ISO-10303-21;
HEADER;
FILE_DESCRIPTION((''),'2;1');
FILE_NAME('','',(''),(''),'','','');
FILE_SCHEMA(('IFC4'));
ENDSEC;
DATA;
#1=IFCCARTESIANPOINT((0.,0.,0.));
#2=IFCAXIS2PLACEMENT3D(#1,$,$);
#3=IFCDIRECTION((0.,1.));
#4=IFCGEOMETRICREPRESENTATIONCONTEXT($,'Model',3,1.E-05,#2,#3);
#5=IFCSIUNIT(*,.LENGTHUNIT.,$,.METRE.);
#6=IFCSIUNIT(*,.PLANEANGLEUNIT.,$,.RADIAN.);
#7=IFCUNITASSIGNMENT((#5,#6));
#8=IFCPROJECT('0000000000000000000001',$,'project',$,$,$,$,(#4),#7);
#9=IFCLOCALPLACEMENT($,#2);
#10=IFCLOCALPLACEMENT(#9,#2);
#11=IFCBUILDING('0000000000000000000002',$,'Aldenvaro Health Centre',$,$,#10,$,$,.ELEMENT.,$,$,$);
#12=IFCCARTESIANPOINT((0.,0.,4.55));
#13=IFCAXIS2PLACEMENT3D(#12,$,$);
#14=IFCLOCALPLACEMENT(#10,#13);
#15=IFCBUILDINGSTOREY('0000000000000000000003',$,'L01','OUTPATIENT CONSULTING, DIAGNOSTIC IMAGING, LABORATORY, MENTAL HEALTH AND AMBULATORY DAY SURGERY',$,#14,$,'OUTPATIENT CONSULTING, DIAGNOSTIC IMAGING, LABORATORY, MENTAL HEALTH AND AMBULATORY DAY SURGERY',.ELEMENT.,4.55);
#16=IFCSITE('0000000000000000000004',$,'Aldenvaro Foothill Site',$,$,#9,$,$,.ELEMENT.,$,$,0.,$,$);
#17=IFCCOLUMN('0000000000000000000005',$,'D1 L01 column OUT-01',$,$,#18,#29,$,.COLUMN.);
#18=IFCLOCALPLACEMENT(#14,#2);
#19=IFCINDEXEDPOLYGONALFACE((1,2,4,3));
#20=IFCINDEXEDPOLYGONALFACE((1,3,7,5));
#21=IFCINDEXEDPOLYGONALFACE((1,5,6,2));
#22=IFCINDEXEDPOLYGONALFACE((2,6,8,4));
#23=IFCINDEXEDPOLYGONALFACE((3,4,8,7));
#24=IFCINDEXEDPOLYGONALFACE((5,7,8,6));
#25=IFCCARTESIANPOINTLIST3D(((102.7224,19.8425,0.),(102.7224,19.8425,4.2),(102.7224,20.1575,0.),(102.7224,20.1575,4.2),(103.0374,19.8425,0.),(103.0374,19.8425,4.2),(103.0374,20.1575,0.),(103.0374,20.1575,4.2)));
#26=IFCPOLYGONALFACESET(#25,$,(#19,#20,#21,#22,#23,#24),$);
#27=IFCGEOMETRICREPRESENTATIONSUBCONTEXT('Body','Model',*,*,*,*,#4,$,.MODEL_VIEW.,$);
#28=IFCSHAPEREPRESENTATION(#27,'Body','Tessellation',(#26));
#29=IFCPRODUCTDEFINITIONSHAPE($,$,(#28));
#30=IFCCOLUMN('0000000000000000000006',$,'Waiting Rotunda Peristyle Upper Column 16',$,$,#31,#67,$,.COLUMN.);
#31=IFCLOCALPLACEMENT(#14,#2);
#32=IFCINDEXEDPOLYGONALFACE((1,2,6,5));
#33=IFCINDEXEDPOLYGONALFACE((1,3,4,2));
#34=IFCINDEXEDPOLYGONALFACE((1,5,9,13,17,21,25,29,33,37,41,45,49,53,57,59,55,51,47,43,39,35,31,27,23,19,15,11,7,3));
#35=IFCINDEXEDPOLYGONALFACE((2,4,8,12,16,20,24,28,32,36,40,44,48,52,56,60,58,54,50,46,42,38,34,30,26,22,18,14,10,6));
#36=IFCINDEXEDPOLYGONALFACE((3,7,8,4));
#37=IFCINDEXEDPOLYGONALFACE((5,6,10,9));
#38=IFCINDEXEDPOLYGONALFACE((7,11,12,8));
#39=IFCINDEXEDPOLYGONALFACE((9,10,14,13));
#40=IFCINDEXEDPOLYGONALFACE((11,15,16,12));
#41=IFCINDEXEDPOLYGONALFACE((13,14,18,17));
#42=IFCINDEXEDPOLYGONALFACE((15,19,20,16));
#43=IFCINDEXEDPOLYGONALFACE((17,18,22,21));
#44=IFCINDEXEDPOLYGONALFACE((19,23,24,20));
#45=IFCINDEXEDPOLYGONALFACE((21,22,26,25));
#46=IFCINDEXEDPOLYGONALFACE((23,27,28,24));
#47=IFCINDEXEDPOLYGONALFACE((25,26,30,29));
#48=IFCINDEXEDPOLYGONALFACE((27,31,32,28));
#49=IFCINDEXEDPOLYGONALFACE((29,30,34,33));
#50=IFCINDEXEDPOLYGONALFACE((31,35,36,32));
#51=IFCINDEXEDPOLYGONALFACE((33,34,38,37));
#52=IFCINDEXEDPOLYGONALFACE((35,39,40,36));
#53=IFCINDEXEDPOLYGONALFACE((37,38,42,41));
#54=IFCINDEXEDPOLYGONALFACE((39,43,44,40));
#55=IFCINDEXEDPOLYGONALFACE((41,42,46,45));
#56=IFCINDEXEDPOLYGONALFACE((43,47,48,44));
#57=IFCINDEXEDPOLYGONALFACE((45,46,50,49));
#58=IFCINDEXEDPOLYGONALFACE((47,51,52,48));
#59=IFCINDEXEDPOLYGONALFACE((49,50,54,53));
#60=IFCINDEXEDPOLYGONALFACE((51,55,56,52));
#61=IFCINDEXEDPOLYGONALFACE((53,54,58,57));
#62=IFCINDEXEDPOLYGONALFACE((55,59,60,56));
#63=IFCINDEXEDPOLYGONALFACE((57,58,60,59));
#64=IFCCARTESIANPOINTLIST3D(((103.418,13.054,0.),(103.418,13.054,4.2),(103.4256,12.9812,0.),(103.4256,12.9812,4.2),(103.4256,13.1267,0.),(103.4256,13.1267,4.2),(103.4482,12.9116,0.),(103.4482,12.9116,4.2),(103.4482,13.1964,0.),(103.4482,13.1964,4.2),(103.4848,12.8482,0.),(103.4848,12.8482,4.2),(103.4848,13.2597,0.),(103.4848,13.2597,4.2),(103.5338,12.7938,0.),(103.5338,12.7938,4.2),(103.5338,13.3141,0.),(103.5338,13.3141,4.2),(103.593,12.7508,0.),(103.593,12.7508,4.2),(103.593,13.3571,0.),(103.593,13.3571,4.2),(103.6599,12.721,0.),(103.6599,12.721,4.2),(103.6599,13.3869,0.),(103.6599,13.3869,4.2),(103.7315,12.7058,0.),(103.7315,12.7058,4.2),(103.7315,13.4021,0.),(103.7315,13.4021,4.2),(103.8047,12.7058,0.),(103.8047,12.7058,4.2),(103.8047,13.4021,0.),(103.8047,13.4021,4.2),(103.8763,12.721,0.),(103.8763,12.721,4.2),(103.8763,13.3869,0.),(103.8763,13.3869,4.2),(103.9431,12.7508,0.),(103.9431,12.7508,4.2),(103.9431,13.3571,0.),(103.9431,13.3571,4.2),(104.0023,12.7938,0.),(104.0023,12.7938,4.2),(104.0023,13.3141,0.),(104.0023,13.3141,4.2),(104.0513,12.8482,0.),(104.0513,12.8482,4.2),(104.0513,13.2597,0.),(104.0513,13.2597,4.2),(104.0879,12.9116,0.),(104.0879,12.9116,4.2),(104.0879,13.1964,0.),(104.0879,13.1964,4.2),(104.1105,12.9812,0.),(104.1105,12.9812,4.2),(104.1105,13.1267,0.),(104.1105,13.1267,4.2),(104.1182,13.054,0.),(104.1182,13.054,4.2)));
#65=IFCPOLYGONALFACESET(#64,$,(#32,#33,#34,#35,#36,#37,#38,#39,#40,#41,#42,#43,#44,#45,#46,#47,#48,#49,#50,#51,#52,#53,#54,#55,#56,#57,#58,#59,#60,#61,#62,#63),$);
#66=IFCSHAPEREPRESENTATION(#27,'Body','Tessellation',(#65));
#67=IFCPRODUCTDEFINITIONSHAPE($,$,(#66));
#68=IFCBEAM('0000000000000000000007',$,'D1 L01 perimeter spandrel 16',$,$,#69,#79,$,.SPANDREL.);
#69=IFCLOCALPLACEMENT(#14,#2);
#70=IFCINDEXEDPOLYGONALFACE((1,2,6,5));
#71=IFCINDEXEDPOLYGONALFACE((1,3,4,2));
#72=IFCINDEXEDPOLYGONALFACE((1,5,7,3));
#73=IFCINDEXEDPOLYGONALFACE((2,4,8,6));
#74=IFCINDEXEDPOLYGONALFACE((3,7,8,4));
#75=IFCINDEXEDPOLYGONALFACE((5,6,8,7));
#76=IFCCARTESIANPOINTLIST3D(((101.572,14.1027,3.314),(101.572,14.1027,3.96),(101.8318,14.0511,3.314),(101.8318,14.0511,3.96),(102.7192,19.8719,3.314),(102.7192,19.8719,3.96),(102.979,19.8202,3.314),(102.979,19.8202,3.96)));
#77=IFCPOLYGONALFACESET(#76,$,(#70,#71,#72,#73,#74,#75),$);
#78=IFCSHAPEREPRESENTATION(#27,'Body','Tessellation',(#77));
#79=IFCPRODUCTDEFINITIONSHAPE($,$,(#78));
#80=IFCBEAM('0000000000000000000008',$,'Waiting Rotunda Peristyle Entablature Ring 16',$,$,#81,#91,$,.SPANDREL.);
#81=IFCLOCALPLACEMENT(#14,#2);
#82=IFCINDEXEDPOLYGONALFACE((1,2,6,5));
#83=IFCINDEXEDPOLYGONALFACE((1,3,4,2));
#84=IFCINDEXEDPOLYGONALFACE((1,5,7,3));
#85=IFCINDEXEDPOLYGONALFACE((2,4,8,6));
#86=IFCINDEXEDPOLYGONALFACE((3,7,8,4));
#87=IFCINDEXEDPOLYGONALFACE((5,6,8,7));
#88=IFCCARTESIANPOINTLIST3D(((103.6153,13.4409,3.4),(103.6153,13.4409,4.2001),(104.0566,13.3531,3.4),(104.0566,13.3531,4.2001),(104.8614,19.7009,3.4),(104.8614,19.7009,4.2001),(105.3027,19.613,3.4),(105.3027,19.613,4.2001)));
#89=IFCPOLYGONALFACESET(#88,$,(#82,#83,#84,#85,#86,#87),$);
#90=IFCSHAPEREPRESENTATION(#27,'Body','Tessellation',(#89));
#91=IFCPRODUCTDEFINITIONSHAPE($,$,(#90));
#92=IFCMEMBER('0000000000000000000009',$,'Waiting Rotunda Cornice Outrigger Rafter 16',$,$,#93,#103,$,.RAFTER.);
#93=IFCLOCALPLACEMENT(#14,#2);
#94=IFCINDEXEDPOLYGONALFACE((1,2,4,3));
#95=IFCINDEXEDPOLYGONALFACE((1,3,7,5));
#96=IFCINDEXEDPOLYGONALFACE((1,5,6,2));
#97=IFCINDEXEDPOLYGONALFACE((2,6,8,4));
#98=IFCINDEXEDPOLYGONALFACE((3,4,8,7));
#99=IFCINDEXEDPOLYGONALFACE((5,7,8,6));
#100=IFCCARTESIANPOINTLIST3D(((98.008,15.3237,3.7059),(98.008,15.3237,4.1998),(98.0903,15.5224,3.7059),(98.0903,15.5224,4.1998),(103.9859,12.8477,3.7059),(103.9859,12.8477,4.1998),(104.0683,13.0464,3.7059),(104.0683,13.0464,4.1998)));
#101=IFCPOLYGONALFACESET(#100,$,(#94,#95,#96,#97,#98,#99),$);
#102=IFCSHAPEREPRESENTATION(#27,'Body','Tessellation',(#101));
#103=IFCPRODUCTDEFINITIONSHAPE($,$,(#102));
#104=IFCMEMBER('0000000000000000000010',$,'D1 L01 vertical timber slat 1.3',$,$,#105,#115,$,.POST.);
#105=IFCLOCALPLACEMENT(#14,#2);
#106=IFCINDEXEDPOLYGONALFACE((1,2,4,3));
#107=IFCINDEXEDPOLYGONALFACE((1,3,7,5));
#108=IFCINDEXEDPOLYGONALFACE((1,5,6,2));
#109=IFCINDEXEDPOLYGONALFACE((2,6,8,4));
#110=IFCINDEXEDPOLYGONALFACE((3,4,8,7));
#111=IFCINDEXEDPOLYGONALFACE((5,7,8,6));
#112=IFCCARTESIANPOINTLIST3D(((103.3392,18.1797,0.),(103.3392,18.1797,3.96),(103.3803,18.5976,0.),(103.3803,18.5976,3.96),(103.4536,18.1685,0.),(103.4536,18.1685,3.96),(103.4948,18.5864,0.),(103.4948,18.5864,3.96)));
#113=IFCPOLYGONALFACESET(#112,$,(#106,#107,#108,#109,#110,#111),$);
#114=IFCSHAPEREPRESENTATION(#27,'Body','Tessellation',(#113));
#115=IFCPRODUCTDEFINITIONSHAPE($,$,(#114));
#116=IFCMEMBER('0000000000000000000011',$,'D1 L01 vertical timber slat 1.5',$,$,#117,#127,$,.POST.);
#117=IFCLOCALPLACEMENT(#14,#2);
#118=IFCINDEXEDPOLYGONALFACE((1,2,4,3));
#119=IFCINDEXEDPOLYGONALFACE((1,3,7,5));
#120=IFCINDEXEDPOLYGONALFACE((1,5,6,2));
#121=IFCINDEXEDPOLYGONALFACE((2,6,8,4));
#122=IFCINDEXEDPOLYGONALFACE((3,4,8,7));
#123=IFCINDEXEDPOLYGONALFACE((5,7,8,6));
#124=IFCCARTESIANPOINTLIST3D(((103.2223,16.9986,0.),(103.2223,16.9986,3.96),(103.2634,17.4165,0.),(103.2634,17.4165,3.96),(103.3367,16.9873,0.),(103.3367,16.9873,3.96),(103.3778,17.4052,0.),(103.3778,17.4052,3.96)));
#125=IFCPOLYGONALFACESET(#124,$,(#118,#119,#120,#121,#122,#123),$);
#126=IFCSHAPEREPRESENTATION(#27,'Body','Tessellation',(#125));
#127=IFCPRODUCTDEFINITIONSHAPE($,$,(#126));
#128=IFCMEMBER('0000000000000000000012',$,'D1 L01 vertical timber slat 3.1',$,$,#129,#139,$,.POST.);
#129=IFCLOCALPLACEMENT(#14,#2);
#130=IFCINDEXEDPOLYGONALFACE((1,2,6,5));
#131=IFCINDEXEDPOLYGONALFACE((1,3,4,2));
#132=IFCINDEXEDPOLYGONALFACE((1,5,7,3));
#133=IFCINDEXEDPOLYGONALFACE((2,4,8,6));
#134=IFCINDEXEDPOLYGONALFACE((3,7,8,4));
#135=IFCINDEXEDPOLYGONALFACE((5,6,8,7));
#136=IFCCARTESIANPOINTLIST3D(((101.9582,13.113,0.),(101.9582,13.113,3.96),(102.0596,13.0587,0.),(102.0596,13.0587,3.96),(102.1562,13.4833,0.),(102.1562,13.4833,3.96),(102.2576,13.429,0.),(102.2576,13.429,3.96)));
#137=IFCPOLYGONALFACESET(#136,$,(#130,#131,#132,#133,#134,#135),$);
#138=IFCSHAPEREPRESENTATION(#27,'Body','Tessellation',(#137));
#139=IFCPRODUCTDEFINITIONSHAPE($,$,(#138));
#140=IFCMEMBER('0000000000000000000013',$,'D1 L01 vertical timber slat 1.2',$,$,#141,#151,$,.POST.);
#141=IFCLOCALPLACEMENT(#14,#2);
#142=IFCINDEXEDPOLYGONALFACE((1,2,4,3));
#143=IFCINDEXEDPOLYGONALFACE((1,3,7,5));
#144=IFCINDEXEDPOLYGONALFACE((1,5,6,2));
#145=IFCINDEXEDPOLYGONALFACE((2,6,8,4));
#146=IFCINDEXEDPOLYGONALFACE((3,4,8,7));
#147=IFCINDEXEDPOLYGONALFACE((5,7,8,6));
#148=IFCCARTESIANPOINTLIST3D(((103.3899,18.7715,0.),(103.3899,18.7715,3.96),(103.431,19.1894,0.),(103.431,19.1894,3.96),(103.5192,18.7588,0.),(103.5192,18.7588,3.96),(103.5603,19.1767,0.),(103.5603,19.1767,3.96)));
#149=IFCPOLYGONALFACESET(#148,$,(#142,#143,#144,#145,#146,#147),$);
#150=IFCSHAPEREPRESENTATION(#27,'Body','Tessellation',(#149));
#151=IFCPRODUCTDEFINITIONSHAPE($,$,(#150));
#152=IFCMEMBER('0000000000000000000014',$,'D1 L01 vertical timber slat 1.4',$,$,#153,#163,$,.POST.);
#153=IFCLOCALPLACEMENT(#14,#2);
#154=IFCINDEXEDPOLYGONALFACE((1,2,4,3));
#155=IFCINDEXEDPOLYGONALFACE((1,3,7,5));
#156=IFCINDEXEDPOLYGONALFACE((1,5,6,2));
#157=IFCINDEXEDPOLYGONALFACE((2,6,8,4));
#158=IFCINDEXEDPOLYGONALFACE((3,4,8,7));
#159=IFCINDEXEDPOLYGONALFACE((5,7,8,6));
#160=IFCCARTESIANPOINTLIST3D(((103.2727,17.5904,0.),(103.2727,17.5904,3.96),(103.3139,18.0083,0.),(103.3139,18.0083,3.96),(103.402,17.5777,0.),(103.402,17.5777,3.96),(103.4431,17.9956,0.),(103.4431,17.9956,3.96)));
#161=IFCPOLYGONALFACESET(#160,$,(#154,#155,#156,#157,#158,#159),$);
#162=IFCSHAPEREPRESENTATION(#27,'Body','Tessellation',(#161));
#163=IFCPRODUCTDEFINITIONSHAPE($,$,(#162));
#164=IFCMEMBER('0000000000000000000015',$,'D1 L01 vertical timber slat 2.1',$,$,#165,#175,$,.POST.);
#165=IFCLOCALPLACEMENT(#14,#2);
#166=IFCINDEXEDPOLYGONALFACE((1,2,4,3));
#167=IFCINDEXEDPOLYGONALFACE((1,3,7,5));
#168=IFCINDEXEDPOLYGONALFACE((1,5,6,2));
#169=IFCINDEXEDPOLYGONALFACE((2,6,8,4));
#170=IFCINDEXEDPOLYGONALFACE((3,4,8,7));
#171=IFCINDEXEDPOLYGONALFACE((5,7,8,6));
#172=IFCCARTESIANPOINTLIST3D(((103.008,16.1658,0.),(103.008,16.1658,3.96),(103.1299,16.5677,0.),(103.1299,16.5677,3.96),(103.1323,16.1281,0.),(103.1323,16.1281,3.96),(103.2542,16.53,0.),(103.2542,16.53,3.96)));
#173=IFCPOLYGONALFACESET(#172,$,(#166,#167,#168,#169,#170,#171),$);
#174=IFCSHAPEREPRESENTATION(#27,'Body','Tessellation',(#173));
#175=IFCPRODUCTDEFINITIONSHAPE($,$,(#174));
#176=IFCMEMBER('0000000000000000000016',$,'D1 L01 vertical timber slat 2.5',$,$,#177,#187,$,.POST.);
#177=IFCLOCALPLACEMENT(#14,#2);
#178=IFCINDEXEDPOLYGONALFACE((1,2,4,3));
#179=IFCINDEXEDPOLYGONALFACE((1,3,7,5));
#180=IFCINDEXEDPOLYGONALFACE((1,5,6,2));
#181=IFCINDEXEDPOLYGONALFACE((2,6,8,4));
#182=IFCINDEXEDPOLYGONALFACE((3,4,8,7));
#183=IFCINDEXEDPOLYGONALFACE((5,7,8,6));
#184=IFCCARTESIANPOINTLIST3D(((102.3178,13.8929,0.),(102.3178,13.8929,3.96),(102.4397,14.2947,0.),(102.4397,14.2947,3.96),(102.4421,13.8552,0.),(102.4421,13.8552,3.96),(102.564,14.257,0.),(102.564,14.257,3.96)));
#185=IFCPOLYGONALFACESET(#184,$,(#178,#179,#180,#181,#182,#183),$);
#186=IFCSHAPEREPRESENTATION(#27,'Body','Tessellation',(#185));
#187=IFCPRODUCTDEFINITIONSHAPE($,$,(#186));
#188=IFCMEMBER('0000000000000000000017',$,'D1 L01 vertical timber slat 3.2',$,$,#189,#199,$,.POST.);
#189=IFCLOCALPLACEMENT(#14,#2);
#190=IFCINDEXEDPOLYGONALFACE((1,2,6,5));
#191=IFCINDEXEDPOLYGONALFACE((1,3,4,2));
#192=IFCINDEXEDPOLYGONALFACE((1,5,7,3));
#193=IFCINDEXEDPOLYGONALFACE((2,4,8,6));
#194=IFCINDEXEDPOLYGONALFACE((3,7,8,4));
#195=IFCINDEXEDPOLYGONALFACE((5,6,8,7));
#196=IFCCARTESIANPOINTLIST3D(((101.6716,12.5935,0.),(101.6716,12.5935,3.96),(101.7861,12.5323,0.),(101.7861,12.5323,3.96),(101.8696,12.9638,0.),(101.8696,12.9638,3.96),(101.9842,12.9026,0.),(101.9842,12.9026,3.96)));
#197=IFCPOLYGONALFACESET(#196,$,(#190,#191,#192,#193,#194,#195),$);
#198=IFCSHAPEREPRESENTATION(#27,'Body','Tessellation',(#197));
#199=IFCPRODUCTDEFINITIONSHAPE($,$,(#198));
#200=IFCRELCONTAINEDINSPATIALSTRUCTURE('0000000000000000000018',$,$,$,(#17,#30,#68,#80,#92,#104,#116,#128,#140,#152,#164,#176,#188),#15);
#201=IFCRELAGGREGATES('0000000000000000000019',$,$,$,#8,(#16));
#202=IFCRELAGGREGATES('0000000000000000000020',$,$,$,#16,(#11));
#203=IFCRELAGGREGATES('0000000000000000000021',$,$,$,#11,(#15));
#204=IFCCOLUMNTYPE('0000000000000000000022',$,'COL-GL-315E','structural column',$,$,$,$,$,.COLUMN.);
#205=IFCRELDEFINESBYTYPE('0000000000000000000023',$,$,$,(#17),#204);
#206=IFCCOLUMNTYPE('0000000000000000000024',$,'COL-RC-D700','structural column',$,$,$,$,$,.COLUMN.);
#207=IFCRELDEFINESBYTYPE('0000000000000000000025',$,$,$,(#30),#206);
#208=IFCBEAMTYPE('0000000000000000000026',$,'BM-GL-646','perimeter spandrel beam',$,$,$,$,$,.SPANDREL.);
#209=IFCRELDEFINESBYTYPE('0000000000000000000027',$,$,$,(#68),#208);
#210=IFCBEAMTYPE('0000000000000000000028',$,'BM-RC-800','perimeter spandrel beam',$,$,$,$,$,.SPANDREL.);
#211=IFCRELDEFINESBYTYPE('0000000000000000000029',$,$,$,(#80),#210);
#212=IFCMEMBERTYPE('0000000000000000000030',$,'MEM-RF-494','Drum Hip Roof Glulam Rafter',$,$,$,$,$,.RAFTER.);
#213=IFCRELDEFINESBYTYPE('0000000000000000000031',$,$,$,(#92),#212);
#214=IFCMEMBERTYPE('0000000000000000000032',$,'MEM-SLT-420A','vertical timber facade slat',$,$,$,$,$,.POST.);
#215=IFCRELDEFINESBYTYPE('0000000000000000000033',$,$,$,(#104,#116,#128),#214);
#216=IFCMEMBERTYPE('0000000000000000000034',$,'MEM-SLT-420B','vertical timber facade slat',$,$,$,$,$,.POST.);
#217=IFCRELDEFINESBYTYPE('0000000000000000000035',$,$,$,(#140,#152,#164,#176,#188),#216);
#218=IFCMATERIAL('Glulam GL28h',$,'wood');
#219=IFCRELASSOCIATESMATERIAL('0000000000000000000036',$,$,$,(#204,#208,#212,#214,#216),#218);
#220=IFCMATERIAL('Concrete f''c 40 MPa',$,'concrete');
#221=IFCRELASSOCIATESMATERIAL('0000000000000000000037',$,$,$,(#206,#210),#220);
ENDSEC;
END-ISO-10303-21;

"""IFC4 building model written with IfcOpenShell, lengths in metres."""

from ifc_helpers import new_model, si_unit, direction, frame, origin, origin_2d, place, context, subcontext, project, spatial, rectangle, circle, extrude, material, material_profile, profile_set, type_object, element, save


model = new_model("IFC4")

# Units and contexts
model_context = context("Model", 3, precision=1e-05, world=origin(), true_north=direction((0.0, 1.0)))
body_context = subcontext(model_context, "Body", "Model", "MODEL_VIEW")
ifc_project = project(units=[si_unit("LENGTHUNIT", "METRE"), si_unit("PLANEANGLEUNIT", "RADIAN")], contexts=[model_context])

# Site, building, storey
site_placement = place(None, origin())
site = spatial("IfcSite", under=ifc_project, at=site_placement, Name="Aldenvaro Foothill Site", CompositionType="ELEMENT", RefElevation=0.0)
building_placement = place(site_placement, origin())
building = spatial("IfcBuilding", under=site, at=building_placement, Name="Aldenvaro Health Centre", CompositionType="ELEMENT")
storey_placement = place(building_placement, frame((0.0, 0.0, 4.55)))
storey = spatial("IfcBuildingStorey", under=building, at=storey_placement, Name="L01", Description="OUTPATIENT CONSULTING, DIAGNOSTIC IMAGING, LABORATORY, MENTAL HEALTH AND AMBULATORY DAY SURGERY", LongName="OUTPATIENT CONSULTING, DIAGNOSTIC IMAGING, LABORATORY, MENTAL HEALTH AND AMBULATORY DAY SURGERY", CompositionType="ELEMENT", Elevation=4.55)

# Columns
ifc_material_1 = material(Name="Glulam GL28h", Category="wood")
ifc_material_profile_1 = material_profile(ifc_material_1, rectangle(XDim=0.3149, YDim=0.3149, at=origin_2d()), Name="GL 315x315", Category="wood")
ifc_profile_set_1 = profile_set([ifc_material_profile_1], Name="Glulam GL28h")
column_type_1 = type_object("IfcColumnType", Name="COL-GL-315E", Description="structural column", PredefinedType="COLUMN", material=ifc_profile_set_1)
column_1_placement = place(storey_placement, frame((102.8799, 20.0, 0.0), z_axis=(0.0, 0.0, 1.0), x_axis=(1.0, 0.0, 0.0)))
element("IfcColumn", 1, at=column_1_placement, inside=storey, type_object=column_type_1, Name="D1 L01 column OUT-01", PredefinedType="COLUMN", context=body_context, shape_type="SweptSolid", body=[
    extrude(rectangle(XDim=0.3149, YDim=0.3149, at=origin_2d()), origin(), (0.0, 0.0, 1.0), 4.2),
])
ifc_material_2 = material(Name="Concrete f'c 40 MPa", Category="concrete")
ifc_material_profile_2 = material_profile(ifc_material_2, circle(Radius=0.3501, at=origin_2d()), Name="RC D700", Category="concrete")
ifc_profile_set_2 = profile_set([ifc_material_profile_2], Name="Concrete f'c 40 MPa")
column_type_2 = type_object("IfcColumnType", Name="COL-RC-D700", Description="structural column", PredefinedType="COLUMN", material=ifc_profile_set_2)
column_2_placement = place(storey_placement, frame((103.7681, 13.054, 0.0), z_axis=(0.0, 0.0, 1.0), x_axis=(1.0, 0.0, 0.0)))
element("IfcColumn", 2, at=column_2_placement, inside=storey, type_object=column_type_2, Name="Waiting Rotunda Peristyle Upper Column 16", PredefinedType="COLUMN", context=body_context, shape_type="SweptSolid", body=[
    extrude(circle(Radius=0.3501, at=origin_2d()), origin(), (0.0, 0.0, 1.0), 4.2),
])

# Beams
ifc_material_profile_3 = material_profile(ifc_material_1, rectangle(XDim=0.2649, YDim=0.646, at=origin_2d()), Name="GL 265x646", Category="wood")
ifc_profile_set_3 = profile_set([ifc_material_profile_3], Name="Glulam GL28h")
beam_type_1 = type_object("IfcBeamType", Name="BM-GL-646", Description="perimeter spandrel beam", PredefinedType="SPANDREL", material=ifc_profile_set_3)
beam_1_placement = place(storey_placement, frame((101.7019, 14.0769, 3.637), z_axis=(0.195038, 0.980796, 0.0), x_axis=(-0.980796, 0.195038, 0.0)))
element("IfcBeam", 3, at=beam_1_placement, inside=storey, type_object=beam_type_1, Name="D1 L01 perimeter spandrel 16", PredefinedType="SPANDREL", context=body_context, shape_type="SweptSolid", body=[
    extrude(rectangle(XDim=0.2649, YDim=0.646, at=origin_2d()), origin(), (0.0, 0.0, 1.0), 5.8821),
])
ifc_material_profile_4 = material_profile(ifc_material_2, rectangle(XDim=0.45, YDim=0.8, at=origin_2d()), Name="RC 450x800", Category="concrete")
ifc_profile_set_4 = profile_set([ifc_material_profile_4], Name="Concrete f'c 40 MPa")
beam_type_2 = type_object("IfcBeamType", Name="BM-RC-800", Description="perimeter spandrel beam", PredefinedType="SPANDREL", material=ifc_profile_set_4)
beam_2_placement = place(storey_placement, frame((103.8359, 13.397, 3.8), z_axis=(0.195226, 0.980758, 0.0), x_axis=(-0.980758, 0.195226, 0.0)))
element("IfcBeam", 4, at=beam_2_placement, inside=storey, type_object=beam_type_2, Name="Waiting Rotunda Peristyle Entablature Ring 16", PredefinedType="SPANDREL", context=body_context, shape_type="SweptSolid", body=[
    extrude(rectangle(XDim=0.45, YDim=0.8, at=origin_2d()), origin(), (0.0, 0.0, 1.0), 6.3828),
])

# Members
ifc_material_profile_5 = material_profile(ifc_material_1, rectangle(XDim=0.2151, YDim=0.4939, at=origin_2d()), Name="GL 215x494", Category="wood")
ifc_profile_set_5 = profile_set([ifc_material_profile_5], Name="Glulam GL28h")
member_type_1 = type_object("IfcMemberType", Name="MEM-RF-494", Description="Drum Hip Roof Glulam Rafter", PredefinedType="RAFTER", material=ifc_profile_set_5)
member_placement = place(storey_placement, frame((104.0271, 12.947, 3.9529), z_axis=(-0.923885, 0.382669, 0.0), x_axis=(-0.382669, -0.923885, 0.0)))
element("IfcMember", 5, at=member_placement, inside=storey, type_object=member_type_1, Name="Waiting Rotunda Cornice Outrigger Rafter 16", PredefinedType="RAFTER", context=body_context, shape_type="SweptSolid", body=[
    extrude(rectangle(XDim=0.2151, YDim=0.4939, at=origin_2d()), origin(), (0.0, 0.0, 1.0), 6.4705),
])
ifc_material_profile_6 = material_profile(ifc_material_1, rectangle(XDim=0.115, YDim=0.4199, at=origin_2d()), Name="GL 115x420", Category="wood")
ifc_profile_set_6 = profile_set([ifc_material_profile_6], Name="Glulam GL28h")
member_type_2 = type_object("IfcMemberType", Name="MEM-SLT-420A", Description="vertical timber facade slat", PredefinedType="POST", material=ifc_profile_set_6)
for number, where, z_axis, x_axis, name in (
    (6, (103.417, 18.3831, 0.0), (0.0, 0.0, 1.0), (0.995187, -0.097994, 0.0), "D1 L01 vertical timber slat 1.3"),
    (7, (103.3, 17.2019, 0.0), (0.0, 0.0, 1.0), (0.995187, -0.097994, 0.0), "D1 L01 vertical timber slat 1.5"),
    (8, (102.1079, 13.271, 0.0), (0.0, 0.0, 1.0), (0.881836, -0.471557, 0.0), "D1 L01 vertical timber slat 3.1"),
):
    element("IfcMember", number, at=place(storey_placement, frame(where, z_axis=z_axis, x_axis=x_axis)), inside=storey, type_object=member_type_2, Name=name, PredefinedType="POST", context=body_context, shape_type="SweptSolid", body=[
        extrude(rectangle(XDim=0.115, YDim=0.4199, at=origin_2d()), origin(), (0.0, 0.0, 1.0), 3.96),
    ])
ifc_material_profile_7 = material_profile(ifc_material_1, rectangle(XDim=0.1299, YDim=0.4199, at=origin_2d()), Name="GL 130x420", Category="wood")
ifc_profile_set_7 = profile_set([ifc_material_profile_7], Name="Glulam GL28h")
member_type_3 = type_object("IfcMemberType", Name="MEM-SLT-420B", Description="vertical timber facade slat", PredefinedType="POST", material=ifc_profile_set_7)
for number, where, z_axis, x_axis, name in (
    (9, (103.4751, 18.9741, 0.0), (0.0, 0.0, 1.0), (0.995187, -0.097994, 0.0), "D1 L01 vertical timber slat 1.2"),
    (10, (103.3579, 17.793, 0.0), (0.0, 0.0, 1.0), (0.995187, -0.097994, 0.0), "D1 L01 vertical timber slat 1.4"),
    (11, (103.1311, 16.3479, 0.0), (0.0, 0.0, 1.0), (0.956975, -0.290171, 0.0), "D1 L01 vertical timber slat 2.1"),
    (12, (102.4409, 14.075, 0.0), (0.0, 0.0, 1.0), (0.956975, -0.290171, 0.0), "D1 L01 vertical timber slat 2.5"),
    (13, (101.8279, 12.748, 0.0), (0.0, 0.0, 1.0), (0.881836, -0.471557, 0.0), "D1 L01 vertical timber slat 3.2"),
):
    element("IfcMember", number, at=place(storey_placement, frame(where, z_axis=z_axis, x_axis=x_axis)), inside=storey, type_object=member_type_3, Name=name, PredefinedType="POST", context=body_context, shape_type="SweptSolid", body=[
        extrude(rectangle(XDim=0.1299, YDim=0.4199, at=origin_2d()), origin(), (0.0, 0.0, 1.0), 3.96),
    ])

save(model, "model.ifc")
